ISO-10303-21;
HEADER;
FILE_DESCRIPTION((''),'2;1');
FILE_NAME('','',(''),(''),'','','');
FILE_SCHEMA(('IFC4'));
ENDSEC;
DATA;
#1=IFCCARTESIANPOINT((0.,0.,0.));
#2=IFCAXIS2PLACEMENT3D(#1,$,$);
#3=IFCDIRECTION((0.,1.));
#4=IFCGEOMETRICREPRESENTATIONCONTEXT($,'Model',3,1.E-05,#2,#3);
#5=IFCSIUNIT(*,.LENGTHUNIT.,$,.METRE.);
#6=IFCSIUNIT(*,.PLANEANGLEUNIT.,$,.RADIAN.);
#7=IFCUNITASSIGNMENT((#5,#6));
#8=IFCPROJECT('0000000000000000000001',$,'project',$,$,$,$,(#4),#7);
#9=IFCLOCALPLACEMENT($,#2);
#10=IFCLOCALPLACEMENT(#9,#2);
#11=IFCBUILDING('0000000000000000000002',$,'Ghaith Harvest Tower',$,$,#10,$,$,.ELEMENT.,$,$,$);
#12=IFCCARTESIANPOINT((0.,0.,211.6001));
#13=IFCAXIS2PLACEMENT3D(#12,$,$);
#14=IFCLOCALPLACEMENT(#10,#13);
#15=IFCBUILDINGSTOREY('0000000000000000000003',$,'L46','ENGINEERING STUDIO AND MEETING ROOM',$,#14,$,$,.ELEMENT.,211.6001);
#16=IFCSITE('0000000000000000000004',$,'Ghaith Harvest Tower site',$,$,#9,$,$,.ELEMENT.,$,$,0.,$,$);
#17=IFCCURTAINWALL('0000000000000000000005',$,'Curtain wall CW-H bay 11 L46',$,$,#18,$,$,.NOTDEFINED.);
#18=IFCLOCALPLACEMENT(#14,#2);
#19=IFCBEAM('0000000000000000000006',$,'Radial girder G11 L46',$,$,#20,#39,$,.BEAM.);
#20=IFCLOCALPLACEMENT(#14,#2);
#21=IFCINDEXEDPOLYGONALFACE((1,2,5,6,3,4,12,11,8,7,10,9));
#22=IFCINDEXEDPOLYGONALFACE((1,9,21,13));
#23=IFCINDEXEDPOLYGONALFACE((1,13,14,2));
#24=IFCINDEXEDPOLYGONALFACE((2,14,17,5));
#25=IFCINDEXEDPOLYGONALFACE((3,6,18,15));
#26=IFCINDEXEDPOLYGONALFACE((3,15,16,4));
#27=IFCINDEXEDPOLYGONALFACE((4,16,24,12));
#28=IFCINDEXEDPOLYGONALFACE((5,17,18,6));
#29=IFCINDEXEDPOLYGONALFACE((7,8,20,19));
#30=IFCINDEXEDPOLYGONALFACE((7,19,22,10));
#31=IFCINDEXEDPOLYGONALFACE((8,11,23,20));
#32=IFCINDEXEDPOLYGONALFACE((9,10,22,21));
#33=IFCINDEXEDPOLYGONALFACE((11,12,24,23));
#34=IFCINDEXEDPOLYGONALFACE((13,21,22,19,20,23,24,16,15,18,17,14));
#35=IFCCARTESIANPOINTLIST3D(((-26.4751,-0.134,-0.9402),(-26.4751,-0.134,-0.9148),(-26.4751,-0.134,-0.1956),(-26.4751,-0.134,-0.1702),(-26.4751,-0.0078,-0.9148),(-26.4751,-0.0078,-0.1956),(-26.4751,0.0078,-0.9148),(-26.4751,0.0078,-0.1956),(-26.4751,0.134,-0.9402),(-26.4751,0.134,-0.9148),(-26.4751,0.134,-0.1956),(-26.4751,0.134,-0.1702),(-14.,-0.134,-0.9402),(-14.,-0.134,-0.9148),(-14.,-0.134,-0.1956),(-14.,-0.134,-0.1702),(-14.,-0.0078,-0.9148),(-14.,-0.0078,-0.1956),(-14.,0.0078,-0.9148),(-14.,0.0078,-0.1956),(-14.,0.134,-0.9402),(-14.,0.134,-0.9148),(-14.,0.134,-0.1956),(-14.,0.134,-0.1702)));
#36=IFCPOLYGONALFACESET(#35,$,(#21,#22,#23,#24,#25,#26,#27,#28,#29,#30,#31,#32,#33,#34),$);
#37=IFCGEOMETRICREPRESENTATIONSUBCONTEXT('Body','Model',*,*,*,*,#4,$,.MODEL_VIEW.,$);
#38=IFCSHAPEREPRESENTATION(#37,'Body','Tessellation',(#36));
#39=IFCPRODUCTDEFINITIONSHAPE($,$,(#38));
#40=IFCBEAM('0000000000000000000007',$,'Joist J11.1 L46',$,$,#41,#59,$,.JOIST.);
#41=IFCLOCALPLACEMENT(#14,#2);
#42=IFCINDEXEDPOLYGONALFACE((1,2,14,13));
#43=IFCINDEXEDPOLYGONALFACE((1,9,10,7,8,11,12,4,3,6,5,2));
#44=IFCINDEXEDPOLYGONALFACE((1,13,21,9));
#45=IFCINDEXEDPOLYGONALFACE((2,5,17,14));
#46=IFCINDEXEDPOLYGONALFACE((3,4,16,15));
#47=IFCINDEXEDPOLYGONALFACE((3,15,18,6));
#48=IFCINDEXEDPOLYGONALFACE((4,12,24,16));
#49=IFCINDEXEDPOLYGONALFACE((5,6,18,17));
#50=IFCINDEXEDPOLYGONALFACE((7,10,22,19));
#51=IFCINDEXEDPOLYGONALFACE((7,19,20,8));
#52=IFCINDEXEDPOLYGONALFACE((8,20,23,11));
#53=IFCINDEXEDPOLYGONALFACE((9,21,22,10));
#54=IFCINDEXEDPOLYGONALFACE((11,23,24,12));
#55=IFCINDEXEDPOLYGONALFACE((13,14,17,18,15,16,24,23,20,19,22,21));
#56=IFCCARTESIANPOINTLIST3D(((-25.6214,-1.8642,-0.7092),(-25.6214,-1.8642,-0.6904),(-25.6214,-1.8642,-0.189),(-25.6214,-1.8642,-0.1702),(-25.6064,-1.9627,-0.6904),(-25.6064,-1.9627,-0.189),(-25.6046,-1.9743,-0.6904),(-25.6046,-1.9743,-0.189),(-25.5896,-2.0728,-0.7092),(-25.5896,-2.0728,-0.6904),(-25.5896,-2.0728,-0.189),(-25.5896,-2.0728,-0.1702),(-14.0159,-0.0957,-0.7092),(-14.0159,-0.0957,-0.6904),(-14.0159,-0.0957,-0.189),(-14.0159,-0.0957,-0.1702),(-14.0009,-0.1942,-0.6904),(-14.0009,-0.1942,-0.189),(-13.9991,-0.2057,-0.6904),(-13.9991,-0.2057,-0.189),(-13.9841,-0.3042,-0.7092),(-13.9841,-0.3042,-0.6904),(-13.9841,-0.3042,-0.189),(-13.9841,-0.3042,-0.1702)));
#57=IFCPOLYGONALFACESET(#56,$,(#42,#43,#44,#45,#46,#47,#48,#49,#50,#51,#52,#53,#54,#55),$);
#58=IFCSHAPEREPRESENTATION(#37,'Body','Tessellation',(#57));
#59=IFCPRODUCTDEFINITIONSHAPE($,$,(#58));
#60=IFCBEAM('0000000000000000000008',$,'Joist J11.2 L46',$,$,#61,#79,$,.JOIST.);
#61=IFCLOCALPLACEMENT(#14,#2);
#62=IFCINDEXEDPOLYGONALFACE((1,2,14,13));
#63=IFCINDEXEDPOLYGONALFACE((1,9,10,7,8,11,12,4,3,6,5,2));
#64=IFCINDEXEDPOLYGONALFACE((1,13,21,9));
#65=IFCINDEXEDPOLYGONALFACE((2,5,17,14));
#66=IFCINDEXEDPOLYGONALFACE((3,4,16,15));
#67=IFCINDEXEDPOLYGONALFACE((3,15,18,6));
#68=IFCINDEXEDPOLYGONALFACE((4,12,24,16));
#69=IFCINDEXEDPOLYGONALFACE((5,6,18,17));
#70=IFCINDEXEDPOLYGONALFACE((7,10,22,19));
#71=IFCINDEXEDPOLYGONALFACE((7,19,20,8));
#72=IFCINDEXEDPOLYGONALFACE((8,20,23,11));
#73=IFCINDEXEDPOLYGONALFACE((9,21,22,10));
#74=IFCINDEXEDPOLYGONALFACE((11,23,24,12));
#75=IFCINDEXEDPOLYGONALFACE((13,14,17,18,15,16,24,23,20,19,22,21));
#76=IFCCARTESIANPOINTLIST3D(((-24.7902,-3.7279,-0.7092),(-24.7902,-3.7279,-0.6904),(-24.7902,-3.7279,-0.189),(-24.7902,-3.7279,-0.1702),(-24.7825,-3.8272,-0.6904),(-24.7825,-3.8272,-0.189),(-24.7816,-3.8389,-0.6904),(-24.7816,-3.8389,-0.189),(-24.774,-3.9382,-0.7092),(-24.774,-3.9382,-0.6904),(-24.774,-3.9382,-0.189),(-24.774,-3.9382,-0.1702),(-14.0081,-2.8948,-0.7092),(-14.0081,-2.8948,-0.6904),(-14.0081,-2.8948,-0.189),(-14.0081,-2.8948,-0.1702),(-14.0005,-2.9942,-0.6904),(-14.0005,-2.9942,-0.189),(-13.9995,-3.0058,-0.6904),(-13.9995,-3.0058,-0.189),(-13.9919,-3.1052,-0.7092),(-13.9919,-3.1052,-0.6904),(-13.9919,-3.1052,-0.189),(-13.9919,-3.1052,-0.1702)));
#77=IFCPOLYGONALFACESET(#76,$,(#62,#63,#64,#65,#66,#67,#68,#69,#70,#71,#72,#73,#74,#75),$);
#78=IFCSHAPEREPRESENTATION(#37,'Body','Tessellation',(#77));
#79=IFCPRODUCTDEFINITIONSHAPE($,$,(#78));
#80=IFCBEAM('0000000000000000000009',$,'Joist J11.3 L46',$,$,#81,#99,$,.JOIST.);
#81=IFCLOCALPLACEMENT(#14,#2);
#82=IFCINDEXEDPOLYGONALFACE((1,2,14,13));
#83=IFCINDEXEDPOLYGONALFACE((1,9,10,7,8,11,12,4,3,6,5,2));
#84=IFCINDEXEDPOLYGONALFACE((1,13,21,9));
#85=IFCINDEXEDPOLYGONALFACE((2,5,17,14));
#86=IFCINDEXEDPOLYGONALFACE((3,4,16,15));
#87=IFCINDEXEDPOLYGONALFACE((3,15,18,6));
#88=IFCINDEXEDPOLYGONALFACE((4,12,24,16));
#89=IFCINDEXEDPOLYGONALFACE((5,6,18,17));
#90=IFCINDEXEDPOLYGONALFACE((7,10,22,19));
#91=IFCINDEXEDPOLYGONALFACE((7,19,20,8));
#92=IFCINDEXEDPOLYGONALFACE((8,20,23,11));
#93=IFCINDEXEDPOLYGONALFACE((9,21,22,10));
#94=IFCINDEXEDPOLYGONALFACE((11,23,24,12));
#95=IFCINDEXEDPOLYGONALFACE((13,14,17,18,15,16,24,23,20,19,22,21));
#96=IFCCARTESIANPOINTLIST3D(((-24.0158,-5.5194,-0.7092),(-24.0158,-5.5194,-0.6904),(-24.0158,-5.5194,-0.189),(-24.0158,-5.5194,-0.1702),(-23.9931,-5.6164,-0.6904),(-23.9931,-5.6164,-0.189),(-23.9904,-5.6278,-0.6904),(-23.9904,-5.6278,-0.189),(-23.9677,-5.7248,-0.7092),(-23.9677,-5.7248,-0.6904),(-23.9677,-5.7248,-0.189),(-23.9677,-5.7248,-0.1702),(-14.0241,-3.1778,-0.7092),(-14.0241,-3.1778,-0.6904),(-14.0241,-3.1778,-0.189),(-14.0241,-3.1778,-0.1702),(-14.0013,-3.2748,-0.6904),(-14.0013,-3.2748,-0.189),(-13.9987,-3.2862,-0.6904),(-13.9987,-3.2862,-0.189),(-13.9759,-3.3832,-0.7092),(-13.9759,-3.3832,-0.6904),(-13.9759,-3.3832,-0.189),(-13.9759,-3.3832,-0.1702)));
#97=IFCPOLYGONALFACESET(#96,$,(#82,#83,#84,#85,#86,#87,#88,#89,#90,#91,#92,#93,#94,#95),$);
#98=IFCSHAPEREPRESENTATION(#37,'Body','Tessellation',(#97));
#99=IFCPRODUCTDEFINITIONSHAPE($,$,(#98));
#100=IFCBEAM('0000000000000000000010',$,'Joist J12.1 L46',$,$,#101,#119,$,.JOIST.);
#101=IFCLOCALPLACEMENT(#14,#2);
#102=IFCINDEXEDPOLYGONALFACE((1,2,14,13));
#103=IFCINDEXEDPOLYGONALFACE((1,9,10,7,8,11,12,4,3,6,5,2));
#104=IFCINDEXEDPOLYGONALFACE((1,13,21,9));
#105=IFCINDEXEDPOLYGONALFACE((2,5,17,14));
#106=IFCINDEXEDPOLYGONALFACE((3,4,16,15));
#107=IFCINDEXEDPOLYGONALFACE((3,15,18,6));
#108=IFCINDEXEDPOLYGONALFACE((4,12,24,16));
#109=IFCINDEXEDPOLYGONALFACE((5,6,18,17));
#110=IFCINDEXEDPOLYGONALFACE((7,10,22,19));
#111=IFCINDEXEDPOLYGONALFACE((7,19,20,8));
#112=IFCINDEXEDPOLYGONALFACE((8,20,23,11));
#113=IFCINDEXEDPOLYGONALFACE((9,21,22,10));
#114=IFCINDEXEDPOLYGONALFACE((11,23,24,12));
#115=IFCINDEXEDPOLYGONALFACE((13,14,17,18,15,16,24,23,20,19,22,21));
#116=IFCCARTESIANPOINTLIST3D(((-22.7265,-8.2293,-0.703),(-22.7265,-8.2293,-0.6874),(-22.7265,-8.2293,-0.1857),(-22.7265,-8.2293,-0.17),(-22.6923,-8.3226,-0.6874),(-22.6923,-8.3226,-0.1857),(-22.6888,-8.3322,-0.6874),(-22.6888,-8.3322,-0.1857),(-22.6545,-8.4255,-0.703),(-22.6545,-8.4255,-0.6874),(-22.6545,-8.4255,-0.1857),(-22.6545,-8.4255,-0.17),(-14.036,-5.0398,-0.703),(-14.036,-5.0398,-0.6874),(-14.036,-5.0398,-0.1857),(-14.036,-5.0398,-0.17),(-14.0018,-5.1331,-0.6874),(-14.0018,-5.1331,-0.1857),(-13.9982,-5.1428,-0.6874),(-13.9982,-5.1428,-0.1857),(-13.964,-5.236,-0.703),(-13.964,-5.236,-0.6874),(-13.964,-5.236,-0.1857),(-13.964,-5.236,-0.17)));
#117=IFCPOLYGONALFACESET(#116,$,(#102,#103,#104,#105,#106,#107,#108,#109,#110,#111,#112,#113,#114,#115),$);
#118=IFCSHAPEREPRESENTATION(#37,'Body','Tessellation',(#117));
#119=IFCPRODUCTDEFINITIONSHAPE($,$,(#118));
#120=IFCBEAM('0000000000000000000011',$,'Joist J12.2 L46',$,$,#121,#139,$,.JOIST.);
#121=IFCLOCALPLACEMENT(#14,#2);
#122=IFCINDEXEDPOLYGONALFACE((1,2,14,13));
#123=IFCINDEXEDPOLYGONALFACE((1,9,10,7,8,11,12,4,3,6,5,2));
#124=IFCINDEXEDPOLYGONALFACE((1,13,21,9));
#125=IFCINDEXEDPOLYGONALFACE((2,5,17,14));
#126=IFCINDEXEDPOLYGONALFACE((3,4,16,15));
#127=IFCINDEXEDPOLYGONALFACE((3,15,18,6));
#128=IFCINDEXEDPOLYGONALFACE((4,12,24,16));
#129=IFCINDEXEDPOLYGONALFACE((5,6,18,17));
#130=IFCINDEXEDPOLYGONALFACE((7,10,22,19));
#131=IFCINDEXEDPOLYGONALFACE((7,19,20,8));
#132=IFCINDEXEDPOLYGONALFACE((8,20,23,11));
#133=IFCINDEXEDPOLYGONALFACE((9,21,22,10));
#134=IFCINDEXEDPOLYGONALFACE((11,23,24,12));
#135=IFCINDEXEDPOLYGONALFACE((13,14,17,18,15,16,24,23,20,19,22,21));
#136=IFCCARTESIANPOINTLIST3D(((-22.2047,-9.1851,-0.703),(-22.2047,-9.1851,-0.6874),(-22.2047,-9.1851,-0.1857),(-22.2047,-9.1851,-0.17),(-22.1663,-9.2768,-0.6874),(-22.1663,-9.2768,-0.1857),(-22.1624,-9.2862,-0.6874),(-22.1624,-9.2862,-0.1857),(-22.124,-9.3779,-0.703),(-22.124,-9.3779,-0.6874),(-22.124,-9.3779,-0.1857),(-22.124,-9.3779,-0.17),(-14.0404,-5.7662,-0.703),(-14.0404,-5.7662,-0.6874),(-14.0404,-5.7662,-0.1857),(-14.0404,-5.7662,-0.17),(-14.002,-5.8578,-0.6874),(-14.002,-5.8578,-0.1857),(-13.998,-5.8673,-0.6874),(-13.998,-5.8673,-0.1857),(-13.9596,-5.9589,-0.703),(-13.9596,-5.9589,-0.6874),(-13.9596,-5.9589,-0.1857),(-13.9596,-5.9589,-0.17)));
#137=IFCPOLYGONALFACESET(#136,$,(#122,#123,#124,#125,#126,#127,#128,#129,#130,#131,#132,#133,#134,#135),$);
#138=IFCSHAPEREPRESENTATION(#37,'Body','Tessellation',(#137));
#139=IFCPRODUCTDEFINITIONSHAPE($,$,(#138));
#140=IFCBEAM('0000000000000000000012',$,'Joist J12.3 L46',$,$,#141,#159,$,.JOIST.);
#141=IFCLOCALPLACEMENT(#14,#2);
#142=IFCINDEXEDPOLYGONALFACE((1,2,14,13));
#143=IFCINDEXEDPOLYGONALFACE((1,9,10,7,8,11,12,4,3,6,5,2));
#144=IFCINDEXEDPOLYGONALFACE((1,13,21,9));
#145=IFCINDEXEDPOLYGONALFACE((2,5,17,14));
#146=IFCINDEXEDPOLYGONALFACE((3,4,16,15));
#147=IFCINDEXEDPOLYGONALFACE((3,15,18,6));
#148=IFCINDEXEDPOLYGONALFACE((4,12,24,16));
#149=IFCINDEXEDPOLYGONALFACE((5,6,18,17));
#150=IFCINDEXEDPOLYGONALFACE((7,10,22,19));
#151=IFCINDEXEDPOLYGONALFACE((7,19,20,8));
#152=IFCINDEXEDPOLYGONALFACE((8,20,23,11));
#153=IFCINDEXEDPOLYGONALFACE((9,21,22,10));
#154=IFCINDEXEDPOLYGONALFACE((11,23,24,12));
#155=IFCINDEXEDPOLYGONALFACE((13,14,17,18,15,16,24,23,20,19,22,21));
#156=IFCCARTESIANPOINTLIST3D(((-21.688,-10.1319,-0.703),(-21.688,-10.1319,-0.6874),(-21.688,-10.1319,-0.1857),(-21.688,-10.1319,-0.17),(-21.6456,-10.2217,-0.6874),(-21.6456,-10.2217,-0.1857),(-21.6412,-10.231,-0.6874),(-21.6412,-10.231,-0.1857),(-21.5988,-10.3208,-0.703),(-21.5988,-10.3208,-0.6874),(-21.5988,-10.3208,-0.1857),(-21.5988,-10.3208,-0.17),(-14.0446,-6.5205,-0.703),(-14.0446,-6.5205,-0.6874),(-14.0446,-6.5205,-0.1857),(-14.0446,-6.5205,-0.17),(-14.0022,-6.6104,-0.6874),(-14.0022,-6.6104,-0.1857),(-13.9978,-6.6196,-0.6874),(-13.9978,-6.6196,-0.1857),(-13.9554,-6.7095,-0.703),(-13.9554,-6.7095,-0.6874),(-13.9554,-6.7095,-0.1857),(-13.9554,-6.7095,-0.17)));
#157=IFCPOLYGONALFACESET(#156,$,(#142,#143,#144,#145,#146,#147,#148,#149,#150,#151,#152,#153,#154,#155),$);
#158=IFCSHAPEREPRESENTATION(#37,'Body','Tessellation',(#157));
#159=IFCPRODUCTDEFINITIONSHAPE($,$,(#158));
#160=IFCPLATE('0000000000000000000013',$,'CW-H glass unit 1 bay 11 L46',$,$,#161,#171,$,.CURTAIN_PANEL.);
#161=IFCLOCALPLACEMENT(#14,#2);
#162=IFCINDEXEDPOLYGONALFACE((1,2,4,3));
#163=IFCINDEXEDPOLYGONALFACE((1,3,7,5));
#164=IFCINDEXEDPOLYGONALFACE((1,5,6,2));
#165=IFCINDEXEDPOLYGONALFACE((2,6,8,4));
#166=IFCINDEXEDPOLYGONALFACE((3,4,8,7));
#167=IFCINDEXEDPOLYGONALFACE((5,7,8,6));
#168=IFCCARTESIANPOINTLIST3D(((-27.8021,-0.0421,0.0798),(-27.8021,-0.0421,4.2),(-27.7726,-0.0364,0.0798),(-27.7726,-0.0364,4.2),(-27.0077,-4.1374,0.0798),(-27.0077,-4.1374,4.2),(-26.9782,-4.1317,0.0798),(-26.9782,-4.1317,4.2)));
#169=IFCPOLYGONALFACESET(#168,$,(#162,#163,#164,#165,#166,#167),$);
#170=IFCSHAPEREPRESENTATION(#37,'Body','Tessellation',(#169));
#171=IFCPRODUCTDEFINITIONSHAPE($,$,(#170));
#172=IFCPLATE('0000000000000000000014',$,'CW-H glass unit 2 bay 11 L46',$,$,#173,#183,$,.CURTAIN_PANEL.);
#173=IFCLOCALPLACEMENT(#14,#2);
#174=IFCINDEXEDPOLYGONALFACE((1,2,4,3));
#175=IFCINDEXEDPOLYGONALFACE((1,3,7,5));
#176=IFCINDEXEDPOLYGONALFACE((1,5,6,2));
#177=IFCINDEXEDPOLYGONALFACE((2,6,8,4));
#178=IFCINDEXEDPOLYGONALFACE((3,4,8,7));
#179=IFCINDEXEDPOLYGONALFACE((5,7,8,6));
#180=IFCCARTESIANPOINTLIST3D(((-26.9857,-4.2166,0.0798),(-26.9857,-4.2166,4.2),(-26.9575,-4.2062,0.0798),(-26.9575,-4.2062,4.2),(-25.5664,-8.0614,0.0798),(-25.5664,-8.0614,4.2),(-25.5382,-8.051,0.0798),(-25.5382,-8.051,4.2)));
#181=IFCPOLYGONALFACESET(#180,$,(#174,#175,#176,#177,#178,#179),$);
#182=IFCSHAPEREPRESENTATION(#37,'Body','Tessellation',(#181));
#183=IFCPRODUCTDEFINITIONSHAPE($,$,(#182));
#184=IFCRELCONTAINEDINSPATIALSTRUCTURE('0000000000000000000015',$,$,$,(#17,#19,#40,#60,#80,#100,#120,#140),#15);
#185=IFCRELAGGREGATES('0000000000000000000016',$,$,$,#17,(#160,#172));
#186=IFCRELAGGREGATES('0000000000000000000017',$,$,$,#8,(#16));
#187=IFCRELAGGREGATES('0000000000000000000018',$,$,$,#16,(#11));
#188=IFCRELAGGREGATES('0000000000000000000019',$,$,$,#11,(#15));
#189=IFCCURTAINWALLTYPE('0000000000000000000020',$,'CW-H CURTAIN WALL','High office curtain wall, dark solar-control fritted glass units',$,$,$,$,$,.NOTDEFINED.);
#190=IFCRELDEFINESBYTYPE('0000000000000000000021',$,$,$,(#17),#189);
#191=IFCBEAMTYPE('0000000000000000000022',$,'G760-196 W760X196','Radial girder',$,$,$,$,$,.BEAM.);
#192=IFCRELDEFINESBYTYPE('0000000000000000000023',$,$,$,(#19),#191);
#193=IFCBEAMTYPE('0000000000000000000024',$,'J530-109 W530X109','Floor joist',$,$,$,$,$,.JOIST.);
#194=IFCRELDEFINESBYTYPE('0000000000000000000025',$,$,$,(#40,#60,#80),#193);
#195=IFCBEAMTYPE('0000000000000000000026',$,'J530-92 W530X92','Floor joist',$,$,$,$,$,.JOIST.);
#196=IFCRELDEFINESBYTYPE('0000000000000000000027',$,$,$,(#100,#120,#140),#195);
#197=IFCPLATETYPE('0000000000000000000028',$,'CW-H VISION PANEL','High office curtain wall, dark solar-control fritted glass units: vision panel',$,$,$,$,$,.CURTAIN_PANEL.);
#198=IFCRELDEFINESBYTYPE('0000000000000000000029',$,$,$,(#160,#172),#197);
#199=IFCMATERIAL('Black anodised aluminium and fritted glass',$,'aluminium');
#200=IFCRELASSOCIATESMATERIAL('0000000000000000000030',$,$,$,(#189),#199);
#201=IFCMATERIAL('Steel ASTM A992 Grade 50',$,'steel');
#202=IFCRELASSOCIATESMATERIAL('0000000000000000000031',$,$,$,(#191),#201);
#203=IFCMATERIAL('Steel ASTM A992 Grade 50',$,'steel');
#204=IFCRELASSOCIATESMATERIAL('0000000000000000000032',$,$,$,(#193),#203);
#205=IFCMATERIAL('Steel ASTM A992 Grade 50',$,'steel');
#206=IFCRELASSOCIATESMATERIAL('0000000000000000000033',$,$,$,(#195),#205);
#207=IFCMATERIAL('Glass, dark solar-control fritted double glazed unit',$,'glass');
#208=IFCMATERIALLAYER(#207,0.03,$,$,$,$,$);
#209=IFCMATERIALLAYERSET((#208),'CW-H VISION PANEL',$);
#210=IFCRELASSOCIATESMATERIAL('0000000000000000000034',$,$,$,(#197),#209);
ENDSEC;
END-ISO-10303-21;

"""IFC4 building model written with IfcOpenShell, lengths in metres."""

from ifc_helpers import new_model, si_unit, direction, frame, origin, origin_2d, place, context, subcontext, project, spatial, rectangle, i_section, extrude, material, layer, layer_set, material_profile, profile_set, type_object, element, aggregate, save


model = new_model("IFC4")

# Units and contexts
model_context = context("Model", 3, precision=1e-05, world=origin(), true_north=direction((0.0, 1.0)))
body_context = subcontext(model_context, "Body", "Model", "MODEL_VIEW")
ifc_project = project(units=[si_unit("LENGTHUNIT", "METRE"), si_unit("PLANEANGLEUNIT", "RADIAN")], contexts=[model_context])

# Site, building, storey
site_placement = place(None, origin())
site = spatial("IfcSite", under=ifc_project, at=site_placement, Name="Ghaith Harvest Tower site", CompositionType="ELEMENT", RefElevation=0.0)
building_placement = place(site_placement, origin())
building = spatial("IfcBuilding", under=site, at=building_placement, Name="Ghaith Harvest Tower", CompositionType="ELEMENT")
storey_placement = place(building_placement, frame((0.0, 0.0, 211.6001)))
storey = spatial("IfcBuildingStorey", under=building, at=storey_placement, Name="L46", Description="ENGINEERING STUDIO AND MEETING ROOM", CompositionType="ELEMENT", Elevation=211.6001)

# Curtain wall
ifc_material_1 = material(Name="Black anodised aluminium and fritted glass", Category="aluminium")
curtain_wall_type = type_object("IfcCurtainWallType", Name="CW-H CURTAIN WALL", Description="High office curtain wall, dark solar-control fritted glass units", PredefinedType="NOTDEFINED", material=ifc_material_1)
curtain_wall_placement = place(storey_placement, origin())
curtain_wall = element("IfcCurtainWall", 1, at=curtain_wall_placement, inside=storey, type_object=curtain_wall_type, Name="Curtain wall CW-H bay 11 L46", PredefinedType="NOTDEFINED")

# Beams
ifc_material_2 = material(Name="Steel ASTM A992 Grade 50", Category="steel")
ifc_material_profile_1 = material_profile(ifc_material_2, i_section(OverallWidth=0.2681, OverallDepth=0.77, WebThickness=0.0156, FlangeThickness=0.0254, at=origin_2d()), Name="W760X196")
ifc_profile_set_1 = profile_set([ifc_material_profile_1], Name="Steel ASTM A992 Grade 50")
beam_type_1 = type_object("IfcBeamType", Name="G760-196 W760X196", Description="Radial girder", PredefinedType="BEAM", material=ifc_profile_set_1)
beam_1_placement = place(storey_placement, frame((-14.0, 0.0, -0.5552), z_axis=(-1.0, 0.0, 0.0), x_axis=(0.0, -1.0, 0.0)))
element("IfcBeam", 2, at=beam_1_placement, inside=storey, type_object=beam_type_1, Name="Radial girder G11 L46", PredefinedType="BEAM", context=body_context, shape_type="SweptSolid", body=[
    extrude(i_section(OverallWidth=0.2681, OverallDepth=0.77, WebThickness=0.0156, FlangeThickness=0.0254, at=origin_2d()), origin(), (0.0, 0.0, 1.0), 12.4751),
])
ifc_material_3 = material(Name="Steel ASTM A992 Grade 50", Category="steel")
ifc_material_profile_2 = material_profile(ifc_material_3, i_section(OverallWidth=0.2109, OverallDepth=0.5391, WebThickness=0.0117, FlangeThickness=0.0188, at=origin_2d()), Name="W530X109")
ifc_profile_set_2 = profile_set([ifc_material_profile_2], Name="Steel ASTM A992 Grade 50")
beam_type_2 = type_object("IfcBeamType", Name="J530-109 W530X109", Description="Floor joist", PredefinedType="JOIST", material=ifc_profile_set_2)
beam_2_placement = place(storey_placement, frame((-14.0, -0.2, -0.4397), z_axis=(-0.988587, -0.150651, 0.0), x_axis=(0.150651, -0.988587, 0.0)))
element("IfcBeam", 3, at=beam_2_placement, inside=storey, type_object=beam_type_2, Name="Joist J11.1 L46", PredefinedType="JOIST", context=body_context, shape_type="SweptSolid", body=[
    extrude(i_section(OverallWidth=0.2109, OverallDepth=0.5391, WebThickness=0.0117, FlangeThickness=0.0188, at=origin_2d()), origin(), (0.0, 0.0, 1.0), 11.7395),
])
beam_3_placement = place(storey_placement, frame((-14.0, -3.0, -0.4397), z_axis=(-0.997029, -0.07703, 0.0), x_axis=(0.07703, -0.997029, 0.0)))
element("IfcBeam", 4, at=beam_3_placement, inside=storey, type_object=beam_type_2, Name="Joist J11.2 L46", PredefinedType="JOIST", context=body_context, shape_type="SweptSolid", body=[
    extrude(i_section(OverallWidth=0.2109, OverallDepth=0.5391, WebThickness=0.0117, FlangeThickness=0.0188, at=origin_2d()), origin(), (0.0, 0.0, 1.0), 10.8142),
])
beam_4_placement = place(storey_placement, frame((-14.0, -3.2805, -0.4397), z_axis=(-0.973622, -0.228168, 0.0), x_axis=(0.228168, -0.973622, 0.0)))
element("IfcBeam", 5, at=beam_4_placement, inside=storey, type_object=beam_type_2, Name="Joist J11.3 L46", PredefinedType="JOIST", context=body_context, shape_type="SweptSolid", body=[
    extrude(i_section(OverallWidth=0.2109, OverallDepth=0.5391, WebThickness=0.0117, FlangeThickness=0.0188, at=origin_2d()), origin(), (0.0, 0.0, 1.0), 10.2625),
])
ifc_material_4 = material(Name="Steel ASTM A992 Grade 50", Category="steel")
ifc_material_profile_3 = material_profile(ifc_material_4, i_section(OverallWidth=0.209, OverallDepth=0.533, WebThickness=0.0103, FlangeThickness=0.0156, at=origin_2d()), Name="W530X92")
ifc_profile_set_3 = profile_set([ifc_material_profile_3], Name="Steel ASTM A992 Grade 50")
beam_type_3 = type_object("IfcBeamType", Name="J530-92 W530X92", Description="Floor joist", PredefinedType="JOIST", material=ifc_profile_set_3)
beam_5_placement = place(storey_placement, frame((-14.0, -5.1379, -0.4365), z_axis=(-0.938773, -0.344537, 0.0), x_axis=(0.344537, -0.938773, 0.0)))
element("IfcBeam", 6, at=beam_5_placement, inside=storey, type_object=beam_type_3, Name="Joist J12.1 L46", PredefinedType="JOIST", context=body_context, shape_type="SweptSolid", body=[
    extrude(i_section(OverallWidth=0.209, OverallDepth=0.533, WebThickness=0.0103, FlangeThickness=0.0156, at=origin_2d()), origin(), (0.0, 0.0, 1.0), 9.2573),
])
beam_6_placement = place(storey_placement, frame((-14.0, -5.8625, -0.4365), z_axis=(-0.922388, -0.386266, 0.0), x_axis=(0.386266, -0.922388, 0.0)))
element("IfcBeam", 7, at=beam_6_placement, inside=storey, type_object=beam_type_3, Name="Joist J12.2 L46", PredefinedType="JOIST", context=body_context, shape_type="SweptSolid", body=[
    extrude(i_section(OverallWidth=0.209, OverallDepth=0.533, WebThickness=0.0103, FlangeThickness=0.0156, at=origin_2d()), origin(), (0.0, 0.0, 1.0), 8.8513),
])
beam_7_placement = place(storey_placement, frame((-14.0, -6.615, -0.4365), z_axis=(-0.904158, -0.427198, 0.0), x_axis=(0.427198, -0.904158, 0.0)))
element("IfcBeam", 8, at=beam_7_placement, inside=storey, type_object=beam_type_3, Name="Joist J12.3 L46", PredefinedType="JOIST", context=body_context, shape_type="SweptSolid", body=[
    extrude(i_section(OverallWidth=0.209, OverallDepth=0.533, WebThickness=0.0103, FlangeThickness=0.0156, at=origin_2d()), origin(), (0.0, 0.0, 1.0), 8.4536),
])

# Plates
ifc_material_5 = material(Name="Glass, dark solar-control fritted double glazed unit", Category="glass")
ifc_layer_1 = layer(ifc_material_5, 0.03)
ifc_layer_set_1 = layer_set([ifc_layer_1], Name="CW-H VISION PANEL")
plate_type_1 = type_object("IfcPlateType", Name="CW-H VISION PANEL", Description="High office curtain wall, dark solar-control fritted glass units: vision panel", PredefinedType="CURTAIN_PANEL", material=ifc_layer_set_1)
plate_1_placement = place(storey_placement, frame((-27.3901, -2.0869, 0.0798), z_axis=(0.0, 0.0, 1.0), x_axis=(0.190427, -0.981701, 0.0)))
plate_1 = element("IfcPlate", 9, at=plate_1_placement, type_object=plate_type_1, Name="CW-H glass unit 1 bay 11 L46", PredefinedType="CURTAIN_PANEL", context=body_context, shape_type="SweptSolid", body=[
    extrude(rectangle(XDim=4.1716, YDim=0.03, at=origin_2d()), origin(), (0.0, 0.0, 1.0), 4.1201),
])
plate_2_placement = place(storey_placement, frame((-26.262, -6.1338, 0.0798), z_axis=(0.0, 0.0, 1.0), x_axis=(0.346303, -0.938123, 0.0)))
plate_2 = element("IfcPlate", 10, at=plate_2_placement, type_object=plate_type_1, Name="CW-H glass unit 2 bay 11 L46", PredefinedType="CURTAIN_PANEL", context=body_context, shape_type="SweptSolid", body=[
    extrude(rectangle(XDim=4.0984, YDim=0.03, at=origin_2d()), origin(), (0.0, 0.0, 1.0), 4.1201),
])
aggregate(curtain_wall, [plate_1, plate_2])

save(model, "model.ifc")
